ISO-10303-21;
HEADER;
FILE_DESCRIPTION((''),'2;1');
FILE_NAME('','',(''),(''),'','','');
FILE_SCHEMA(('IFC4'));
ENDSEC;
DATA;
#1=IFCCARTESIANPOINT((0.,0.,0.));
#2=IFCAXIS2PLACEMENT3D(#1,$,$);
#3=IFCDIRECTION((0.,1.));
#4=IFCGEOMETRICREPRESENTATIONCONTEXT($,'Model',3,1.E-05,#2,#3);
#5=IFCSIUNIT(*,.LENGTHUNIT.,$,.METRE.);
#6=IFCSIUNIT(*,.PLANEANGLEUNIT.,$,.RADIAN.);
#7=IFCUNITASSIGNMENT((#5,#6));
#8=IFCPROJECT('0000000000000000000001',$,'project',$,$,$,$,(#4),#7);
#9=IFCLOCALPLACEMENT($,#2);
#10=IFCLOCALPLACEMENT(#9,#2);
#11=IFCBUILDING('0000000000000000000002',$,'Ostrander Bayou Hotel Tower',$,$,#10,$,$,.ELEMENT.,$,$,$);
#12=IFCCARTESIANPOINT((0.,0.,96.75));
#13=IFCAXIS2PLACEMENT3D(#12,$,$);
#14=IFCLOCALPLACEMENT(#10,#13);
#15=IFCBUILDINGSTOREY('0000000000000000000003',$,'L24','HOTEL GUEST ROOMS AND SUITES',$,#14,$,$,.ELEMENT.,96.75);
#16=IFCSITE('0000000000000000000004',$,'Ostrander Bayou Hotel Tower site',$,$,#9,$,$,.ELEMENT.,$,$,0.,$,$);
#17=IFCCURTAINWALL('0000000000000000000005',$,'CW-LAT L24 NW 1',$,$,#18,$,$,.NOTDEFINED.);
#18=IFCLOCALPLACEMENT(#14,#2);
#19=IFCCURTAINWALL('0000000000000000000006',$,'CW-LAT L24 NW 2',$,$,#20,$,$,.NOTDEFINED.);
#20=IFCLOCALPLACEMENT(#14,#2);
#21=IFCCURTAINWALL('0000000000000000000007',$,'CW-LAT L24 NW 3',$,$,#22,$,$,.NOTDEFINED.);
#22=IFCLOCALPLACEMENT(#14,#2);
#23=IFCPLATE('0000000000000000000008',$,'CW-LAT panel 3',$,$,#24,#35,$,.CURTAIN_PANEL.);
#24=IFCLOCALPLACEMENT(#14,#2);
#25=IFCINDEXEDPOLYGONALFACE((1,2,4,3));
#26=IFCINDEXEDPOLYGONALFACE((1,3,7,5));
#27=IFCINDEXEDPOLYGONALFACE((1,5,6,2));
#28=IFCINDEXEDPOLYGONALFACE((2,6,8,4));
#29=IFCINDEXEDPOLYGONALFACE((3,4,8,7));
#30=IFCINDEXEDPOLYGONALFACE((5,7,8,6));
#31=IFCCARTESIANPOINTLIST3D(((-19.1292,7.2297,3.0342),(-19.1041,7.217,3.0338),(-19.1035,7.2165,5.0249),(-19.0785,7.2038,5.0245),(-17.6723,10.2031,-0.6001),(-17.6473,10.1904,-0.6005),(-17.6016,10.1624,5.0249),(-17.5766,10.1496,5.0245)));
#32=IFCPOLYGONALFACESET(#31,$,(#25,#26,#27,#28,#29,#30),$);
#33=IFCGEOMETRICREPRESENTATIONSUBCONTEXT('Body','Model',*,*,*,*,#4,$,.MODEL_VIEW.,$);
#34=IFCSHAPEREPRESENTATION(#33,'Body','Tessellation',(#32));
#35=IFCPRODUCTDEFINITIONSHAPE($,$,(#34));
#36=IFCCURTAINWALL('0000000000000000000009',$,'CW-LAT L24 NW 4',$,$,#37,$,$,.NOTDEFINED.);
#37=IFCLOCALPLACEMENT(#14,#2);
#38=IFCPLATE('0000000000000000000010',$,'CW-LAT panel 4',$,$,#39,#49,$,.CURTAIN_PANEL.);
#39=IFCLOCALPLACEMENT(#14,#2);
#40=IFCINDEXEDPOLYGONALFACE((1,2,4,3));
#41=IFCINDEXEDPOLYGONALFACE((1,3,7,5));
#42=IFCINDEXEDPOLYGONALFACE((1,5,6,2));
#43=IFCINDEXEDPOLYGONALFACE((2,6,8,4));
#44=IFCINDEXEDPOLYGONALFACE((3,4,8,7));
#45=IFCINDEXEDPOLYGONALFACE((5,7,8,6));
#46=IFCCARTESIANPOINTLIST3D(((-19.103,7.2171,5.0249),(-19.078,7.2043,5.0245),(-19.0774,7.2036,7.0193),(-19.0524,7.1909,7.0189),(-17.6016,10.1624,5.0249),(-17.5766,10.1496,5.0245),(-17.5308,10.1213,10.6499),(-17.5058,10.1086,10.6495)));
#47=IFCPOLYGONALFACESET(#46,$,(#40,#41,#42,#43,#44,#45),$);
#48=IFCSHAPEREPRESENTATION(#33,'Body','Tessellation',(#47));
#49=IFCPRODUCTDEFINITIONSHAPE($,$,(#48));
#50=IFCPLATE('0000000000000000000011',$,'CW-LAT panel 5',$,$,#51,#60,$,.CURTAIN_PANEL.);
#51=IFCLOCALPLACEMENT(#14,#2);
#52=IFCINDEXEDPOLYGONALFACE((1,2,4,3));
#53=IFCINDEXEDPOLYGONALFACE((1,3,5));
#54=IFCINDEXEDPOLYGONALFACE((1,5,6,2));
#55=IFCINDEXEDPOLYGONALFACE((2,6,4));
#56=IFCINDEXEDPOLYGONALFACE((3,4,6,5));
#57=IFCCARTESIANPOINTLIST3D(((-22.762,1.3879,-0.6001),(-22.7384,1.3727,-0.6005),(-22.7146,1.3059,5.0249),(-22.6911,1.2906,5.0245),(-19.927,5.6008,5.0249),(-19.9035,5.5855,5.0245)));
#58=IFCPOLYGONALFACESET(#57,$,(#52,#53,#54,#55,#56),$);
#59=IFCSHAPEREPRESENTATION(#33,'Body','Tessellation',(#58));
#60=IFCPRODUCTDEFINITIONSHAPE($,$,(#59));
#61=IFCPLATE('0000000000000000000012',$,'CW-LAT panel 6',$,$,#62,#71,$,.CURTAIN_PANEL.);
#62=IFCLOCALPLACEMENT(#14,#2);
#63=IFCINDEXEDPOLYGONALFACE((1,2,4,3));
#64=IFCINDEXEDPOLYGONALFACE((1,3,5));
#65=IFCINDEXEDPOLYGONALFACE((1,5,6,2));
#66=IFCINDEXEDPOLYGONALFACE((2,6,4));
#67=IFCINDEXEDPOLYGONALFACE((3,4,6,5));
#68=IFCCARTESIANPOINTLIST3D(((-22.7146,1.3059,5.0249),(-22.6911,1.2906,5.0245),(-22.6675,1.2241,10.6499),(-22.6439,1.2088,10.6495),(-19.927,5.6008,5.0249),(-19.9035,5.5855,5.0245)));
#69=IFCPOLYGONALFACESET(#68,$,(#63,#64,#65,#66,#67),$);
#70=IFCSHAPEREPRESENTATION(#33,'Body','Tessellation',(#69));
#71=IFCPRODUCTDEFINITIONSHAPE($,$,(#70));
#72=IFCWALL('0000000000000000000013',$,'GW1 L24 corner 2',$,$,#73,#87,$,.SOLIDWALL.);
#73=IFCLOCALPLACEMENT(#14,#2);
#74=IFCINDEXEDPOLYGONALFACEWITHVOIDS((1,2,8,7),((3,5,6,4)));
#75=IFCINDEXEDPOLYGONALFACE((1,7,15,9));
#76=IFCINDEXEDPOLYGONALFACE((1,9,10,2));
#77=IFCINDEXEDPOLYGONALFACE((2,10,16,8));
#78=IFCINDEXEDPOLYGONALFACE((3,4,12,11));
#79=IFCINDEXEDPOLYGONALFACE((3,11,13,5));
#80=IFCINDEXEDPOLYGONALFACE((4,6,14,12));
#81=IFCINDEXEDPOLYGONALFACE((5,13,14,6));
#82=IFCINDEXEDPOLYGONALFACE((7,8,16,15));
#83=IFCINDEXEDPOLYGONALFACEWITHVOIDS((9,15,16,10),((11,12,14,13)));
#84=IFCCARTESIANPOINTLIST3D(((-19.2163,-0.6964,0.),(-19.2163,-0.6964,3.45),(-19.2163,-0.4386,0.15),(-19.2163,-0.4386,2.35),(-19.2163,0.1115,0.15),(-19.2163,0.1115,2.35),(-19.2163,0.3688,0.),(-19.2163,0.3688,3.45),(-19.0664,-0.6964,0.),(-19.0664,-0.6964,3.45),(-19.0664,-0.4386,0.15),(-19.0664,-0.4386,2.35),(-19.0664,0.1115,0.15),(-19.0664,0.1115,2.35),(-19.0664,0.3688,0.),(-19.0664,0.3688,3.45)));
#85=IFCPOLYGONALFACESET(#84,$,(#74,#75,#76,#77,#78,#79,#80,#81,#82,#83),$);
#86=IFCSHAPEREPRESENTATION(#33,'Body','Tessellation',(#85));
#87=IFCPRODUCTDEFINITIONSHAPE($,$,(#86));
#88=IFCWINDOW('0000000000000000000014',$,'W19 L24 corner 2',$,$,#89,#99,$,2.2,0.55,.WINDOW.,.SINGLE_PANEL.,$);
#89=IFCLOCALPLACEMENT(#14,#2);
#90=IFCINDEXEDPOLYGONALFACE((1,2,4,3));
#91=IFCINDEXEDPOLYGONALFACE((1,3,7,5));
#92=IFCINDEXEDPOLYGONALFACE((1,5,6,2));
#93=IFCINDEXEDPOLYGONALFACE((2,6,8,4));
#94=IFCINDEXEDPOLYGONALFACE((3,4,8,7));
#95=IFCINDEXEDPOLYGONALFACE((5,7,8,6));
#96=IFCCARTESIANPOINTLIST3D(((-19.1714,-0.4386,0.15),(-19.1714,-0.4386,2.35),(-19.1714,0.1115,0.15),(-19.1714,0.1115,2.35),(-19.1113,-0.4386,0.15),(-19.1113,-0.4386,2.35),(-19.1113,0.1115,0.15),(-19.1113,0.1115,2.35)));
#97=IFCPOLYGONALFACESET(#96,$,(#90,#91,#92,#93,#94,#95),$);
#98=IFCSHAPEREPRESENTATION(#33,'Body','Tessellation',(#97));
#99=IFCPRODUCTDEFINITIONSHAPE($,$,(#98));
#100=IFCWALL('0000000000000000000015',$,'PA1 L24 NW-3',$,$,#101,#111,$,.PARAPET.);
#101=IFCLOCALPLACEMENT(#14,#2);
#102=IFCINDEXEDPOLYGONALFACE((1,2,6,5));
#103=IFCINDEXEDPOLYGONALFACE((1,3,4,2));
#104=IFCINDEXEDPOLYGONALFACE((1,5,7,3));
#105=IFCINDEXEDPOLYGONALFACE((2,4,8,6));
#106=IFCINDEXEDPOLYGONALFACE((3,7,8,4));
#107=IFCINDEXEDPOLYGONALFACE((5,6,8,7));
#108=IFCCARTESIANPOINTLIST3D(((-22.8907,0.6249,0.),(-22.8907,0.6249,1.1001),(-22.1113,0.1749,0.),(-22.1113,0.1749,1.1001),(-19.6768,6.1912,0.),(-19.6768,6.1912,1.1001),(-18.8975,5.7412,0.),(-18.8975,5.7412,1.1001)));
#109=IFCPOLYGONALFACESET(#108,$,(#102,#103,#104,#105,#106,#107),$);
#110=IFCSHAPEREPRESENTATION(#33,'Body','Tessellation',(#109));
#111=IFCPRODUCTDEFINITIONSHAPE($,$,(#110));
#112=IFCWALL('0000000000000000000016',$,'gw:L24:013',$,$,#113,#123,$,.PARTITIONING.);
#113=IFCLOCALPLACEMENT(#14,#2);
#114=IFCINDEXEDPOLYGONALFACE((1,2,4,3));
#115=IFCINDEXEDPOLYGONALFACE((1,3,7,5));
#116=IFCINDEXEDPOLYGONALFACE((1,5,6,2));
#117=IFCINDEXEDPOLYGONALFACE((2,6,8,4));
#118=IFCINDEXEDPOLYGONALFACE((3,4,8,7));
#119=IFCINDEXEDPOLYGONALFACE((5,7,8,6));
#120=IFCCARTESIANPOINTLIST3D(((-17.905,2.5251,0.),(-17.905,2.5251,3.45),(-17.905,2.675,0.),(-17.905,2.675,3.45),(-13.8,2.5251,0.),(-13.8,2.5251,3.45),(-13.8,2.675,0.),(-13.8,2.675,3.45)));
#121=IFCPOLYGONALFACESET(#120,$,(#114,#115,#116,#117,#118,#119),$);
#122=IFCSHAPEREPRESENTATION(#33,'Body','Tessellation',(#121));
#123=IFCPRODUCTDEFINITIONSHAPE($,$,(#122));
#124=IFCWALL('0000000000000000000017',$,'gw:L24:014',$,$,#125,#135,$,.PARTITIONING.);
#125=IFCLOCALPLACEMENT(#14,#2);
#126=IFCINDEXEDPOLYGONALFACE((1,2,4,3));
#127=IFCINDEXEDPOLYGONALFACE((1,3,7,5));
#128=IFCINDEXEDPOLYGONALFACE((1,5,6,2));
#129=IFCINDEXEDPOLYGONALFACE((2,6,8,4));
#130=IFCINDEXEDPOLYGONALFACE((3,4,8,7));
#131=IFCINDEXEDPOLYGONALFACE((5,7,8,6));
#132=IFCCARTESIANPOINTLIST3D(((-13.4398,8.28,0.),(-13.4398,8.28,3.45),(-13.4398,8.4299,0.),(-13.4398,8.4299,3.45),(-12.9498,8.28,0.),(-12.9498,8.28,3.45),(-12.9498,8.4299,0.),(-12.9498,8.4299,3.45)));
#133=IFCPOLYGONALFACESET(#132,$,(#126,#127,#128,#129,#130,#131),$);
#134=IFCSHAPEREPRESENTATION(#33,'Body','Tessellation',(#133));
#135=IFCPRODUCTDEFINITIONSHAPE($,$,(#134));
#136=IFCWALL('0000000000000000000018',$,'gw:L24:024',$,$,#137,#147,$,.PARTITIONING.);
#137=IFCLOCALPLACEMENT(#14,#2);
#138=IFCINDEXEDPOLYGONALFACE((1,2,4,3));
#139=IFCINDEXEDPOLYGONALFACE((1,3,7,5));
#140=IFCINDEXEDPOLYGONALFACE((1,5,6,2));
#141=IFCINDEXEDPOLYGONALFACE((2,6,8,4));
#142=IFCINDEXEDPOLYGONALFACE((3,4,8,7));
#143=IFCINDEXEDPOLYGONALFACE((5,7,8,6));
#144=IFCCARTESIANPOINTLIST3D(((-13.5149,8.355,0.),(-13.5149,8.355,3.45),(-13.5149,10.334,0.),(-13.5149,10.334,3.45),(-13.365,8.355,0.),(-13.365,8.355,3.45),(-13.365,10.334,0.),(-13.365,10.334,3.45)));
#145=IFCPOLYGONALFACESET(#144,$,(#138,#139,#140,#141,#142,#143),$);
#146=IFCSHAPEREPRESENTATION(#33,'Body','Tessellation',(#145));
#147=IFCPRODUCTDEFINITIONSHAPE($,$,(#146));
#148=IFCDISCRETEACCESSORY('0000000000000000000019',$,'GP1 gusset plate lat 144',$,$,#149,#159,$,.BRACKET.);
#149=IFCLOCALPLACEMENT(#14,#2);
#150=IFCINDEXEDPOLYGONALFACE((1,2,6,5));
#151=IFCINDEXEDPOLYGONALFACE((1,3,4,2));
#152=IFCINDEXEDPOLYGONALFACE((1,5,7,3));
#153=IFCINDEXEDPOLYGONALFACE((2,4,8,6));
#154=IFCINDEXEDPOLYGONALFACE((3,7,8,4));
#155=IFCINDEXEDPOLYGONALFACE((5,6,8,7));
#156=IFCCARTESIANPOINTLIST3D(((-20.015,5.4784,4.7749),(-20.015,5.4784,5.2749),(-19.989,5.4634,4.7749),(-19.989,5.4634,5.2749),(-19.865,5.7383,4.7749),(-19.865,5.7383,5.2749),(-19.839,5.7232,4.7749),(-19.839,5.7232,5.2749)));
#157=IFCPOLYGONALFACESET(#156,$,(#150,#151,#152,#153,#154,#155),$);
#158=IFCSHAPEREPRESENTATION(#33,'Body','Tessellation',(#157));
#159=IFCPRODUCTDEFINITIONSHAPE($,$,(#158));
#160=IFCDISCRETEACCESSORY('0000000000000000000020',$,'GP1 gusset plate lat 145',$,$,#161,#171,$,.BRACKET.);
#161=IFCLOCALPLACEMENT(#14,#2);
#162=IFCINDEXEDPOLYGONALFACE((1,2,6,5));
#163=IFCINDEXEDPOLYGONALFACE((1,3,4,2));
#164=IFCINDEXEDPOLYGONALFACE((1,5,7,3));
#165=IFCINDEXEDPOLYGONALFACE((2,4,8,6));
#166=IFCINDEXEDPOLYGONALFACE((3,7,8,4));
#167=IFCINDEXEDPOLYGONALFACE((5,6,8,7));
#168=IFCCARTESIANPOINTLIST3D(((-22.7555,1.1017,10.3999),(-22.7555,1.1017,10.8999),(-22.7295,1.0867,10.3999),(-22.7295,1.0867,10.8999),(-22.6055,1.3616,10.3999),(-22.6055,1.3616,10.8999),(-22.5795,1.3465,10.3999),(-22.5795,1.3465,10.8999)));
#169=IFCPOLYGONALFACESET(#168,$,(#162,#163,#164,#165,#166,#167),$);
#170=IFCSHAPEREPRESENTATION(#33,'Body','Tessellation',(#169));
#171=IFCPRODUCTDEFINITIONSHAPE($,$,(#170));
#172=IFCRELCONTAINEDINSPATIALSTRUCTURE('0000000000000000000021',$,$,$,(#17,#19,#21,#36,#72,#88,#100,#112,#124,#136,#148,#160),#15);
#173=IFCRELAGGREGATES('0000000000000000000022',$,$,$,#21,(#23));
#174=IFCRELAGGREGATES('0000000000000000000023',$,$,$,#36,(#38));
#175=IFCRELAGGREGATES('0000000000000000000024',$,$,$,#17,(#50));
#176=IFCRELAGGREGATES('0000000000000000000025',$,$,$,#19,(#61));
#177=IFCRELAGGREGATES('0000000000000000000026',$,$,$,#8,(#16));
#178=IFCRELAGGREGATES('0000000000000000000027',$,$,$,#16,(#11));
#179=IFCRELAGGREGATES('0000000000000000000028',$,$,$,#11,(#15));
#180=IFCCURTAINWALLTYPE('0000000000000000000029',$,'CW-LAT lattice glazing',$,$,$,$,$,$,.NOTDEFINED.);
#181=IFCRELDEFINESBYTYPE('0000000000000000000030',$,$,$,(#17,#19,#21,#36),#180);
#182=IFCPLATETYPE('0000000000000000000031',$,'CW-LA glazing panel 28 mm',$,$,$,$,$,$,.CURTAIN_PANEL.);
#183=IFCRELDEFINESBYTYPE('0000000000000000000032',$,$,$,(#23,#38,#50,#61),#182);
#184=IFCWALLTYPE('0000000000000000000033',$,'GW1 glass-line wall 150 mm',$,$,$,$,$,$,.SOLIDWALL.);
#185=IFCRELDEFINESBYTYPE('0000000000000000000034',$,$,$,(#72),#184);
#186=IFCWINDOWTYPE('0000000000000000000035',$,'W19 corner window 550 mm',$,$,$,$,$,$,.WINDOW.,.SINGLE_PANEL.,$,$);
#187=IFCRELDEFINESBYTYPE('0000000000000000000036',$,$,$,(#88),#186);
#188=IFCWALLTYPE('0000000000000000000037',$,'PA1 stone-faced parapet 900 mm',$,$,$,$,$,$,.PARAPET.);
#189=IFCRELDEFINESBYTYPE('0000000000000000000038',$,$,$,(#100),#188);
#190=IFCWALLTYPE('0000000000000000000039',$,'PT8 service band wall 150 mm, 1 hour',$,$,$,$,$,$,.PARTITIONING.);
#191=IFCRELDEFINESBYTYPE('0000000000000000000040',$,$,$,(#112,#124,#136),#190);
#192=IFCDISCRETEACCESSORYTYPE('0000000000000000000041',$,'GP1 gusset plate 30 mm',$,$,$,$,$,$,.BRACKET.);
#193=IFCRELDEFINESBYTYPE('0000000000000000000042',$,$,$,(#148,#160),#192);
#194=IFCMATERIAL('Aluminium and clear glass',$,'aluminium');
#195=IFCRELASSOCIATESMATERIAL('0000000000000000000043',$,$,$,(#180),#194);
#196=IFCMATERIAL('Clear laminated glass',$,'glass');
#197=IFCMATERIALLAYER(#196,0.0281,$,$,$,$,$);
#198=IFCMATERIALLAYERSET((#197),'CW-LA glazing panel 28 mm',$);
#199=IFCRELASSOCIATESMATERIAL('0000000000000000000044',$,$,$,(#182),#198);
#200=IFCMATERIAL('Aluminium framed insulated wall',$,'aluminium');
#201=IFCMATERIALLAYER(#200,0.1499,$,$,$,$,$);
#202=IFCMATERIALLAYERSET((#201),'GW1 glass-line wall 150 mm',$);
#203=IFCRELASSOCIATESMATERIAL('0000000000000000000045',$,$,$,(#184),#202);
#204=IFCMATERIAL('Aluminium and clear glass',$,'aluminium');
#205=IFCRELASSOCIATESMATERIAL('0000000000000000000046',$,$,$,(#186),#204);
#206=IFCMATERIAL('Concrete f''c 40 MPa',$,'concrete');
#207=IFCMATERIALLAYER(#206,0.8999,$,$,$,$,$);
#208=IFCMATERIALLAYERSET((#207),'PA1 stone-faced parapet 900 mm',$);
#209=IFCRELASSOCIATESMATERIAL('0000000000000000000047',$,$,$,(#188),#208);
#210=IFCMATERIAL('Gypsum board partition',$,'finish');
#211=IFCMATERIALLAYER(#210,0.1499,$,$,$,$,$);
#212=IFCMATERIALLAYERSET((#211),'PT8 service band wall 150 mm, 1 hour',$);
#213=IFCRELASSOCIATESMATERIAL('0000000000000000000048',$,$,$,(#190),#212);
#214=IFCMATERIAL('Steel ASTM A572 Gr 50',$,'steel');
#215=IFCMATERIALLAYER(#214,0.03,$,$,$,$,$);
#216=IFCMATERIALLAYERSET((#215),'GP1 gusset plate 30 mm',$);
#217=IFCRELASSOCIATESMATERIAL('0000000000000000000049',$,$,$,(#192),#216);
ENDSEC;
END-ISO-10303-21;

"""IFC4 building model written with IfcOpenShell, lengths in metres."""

from ifc_helpers import new_model, si_unit, direction, frame, frame_2d, origin, origin_2d, place, context, subcontext, project, spatial, polyline, rectangle, outline, extrude, material, layer, layer_set, type_object, element, fill, aggregate, save


model = new_model("IFC4")

# Units and contexts
model_context = context("Model", 3, precision=1e-05, world=origin(), true_north=direction((0.0, 1.0)))
body_context = subcontext(model_context, "Body", "Model", "MODEL_VIEW")
ifc_project = project(units=[si_unit("LENGTHUNIT", "METRE"), si_unit("PLANEANGLEUNIT", "RADIAN")], contexts=[model_context])

# Site, building, storey
site_placement = place(None, origin())
site = spatial("IfcSite", under=ifc_project, at=site_placement, Name="Ostrander Bayou Hotel Tower site", CompositionType="ELEMENT", RefElevation=0.0)
building_placement = place(site_placement, origin())
building = spatial("IfcBuilding", under=site, at=building_placement, Name="Ostrander Bayou Hotel Tower", CompositionType="ELEMENT")
storey_placement = place(building_placement, frame((0.0, 0.0, 96.75)))
storey = spatial("IfcBuildingStorey", under=building, at=storey_placement, Name="L24", Description="HOTEL GUEST ROOMS AND SUITES", CompositionType="ELEMENT", Elevation=96.75)

# Curtain walls
ifc_material_1 = material(Name="Aluminium and clear glass", Category="aluminium")
curtain_wall_type = type_object("IfcCurtainWallType", Name="CW-LAT lattice glazing", PredefinedType="NOTDEFINED", material=ifc_material_1)
curtain_wall_1_placement = place(storey_placement, origin())
curtain_wall_1 = element("IfcCurtainWall", 1, at=curtain_wall_1_placement, inside=storey, type_object=curtain_wall_type, Name="CW-LAT L24 NW 1", PredefinedType="NOTDEFINED")
curtain_wall_2_placement = place(storey_placement, origin())
curtain_wall_2 = element("IfcCurtainWall", 2, at=curtain_wall_2_placement, inside=storey, type_object=curtain_wall_type, Name="CW-LAT L24 NW 2", PredefinedType="NOTDEFINED")

# Curtain walls, plates
curtain_wall_3_placement = place(storey_placement, origin())
curtain_wall_3 = element("IfcCurtainWall", 3, at=curtain_wall_3_placement, inside=storey, type_object=curtain_wall_type, Name="CW-LAT L24 NW 3", PredefinedType="NOTDEFINED")
ifc_material_2 = material(Name="Clear laminated glass", Category="glass")
ifc_layer_1 = layer(ifc_material_2, 0.0281)
ifc_layer_set_1 = layer_set([ifc_layer_1], Name="CW-LA glazing panel 28 mm")
plate_type = type_object("IfcPlateType", Name="CW-LA glazing panel 28 mm", PredefinedType="CURTAIN_PANEL", material=ifc_layer_set_1)
plate_1_placement = place(storey_placement, frame((-19.1292, 7.2297, 3.0342), z_axis=(-0.890797, 0.454171, 0.014498), x_axis=(0.296317, 0.604783, -0.739211)))
plate_1 = element("IfcPlate", 4, at=plate_1_placement, type_object=plate_type, Name="CW-LAT panel 3", PredefinedType="CURTAIN_PANEL", context=body_context, shape_type="SweptSolid", body=[
    extrude(outline(polyline([(0.0, 0.0), (4.9164, 0.0), (0.7547, -3.7851), (-1.4719, -1.3406), (0.0, 0.0)])), origin(), (0.0, 0.0, -1.0), 0.0281),
])
aggregate(curtain_wall_3, [plate_1])
curtain_wall_4_placement = place(storey_placement, origin())
curtain_wall_4 = element("IfcCurtainWall", 5, at=curtain_wall_4_placement, inside=storey, type_object=curtain_wall_type, Name="CW-LAT L24 NW 4", PredefinedType="NOTDEFINED")
plate_2_placement = place(storey_placement, frame((-19.0774, 7.2036, 7.0193), z_axis=(-0.890817, 0.45413, 0.01452), x_axis=(0.315133, 0.594509, 0.739764)))
plate_2 = element("IfcPlate", 6, at=plate_2_placement, type_object=plate_type, Name="CW-LAT panel 4", PredefinedType="CURTAIN_PANEL", context=body_context, shape_type="SweptSolid", body=[
    extrude(outline(polyline([(0.0, 0.0), (4.9078, 0.0), (0.7487, 3.788), (-1.4755, 1.3422), (0.0, 0.0)])), origin(), (0.0, 0.0, -1.0), 0.0281),
])
aggregate(curtain_wall_4, [plate_2])

# Plates
plate_3_placement = place(storey_placement, frame((-19.927, 5.6008, 5.0249), z_axis=(-0.838715, 0.544364, 0.015001), x_axis=(-0.374104, -0.555937, -0.74228)))
plate_3 = element("IfcPlate", 7, at=plate_3_placement, type_object=plate_type, Name="CW-LAT panel 5", PredefinedType="CURTAIN_PANEL", context=body_context, shape_type="SweptSolid", body=[
    extrude(outline(polyline([(0.0, 0.0), (7.578, 0.0), (3.4306, 3.8011), (0.0, 0.0)])), origin(), (0.0, 0.0, -1.0), 0.0281),
])
aggregate(curtain_wall_1, [plate_3])
plate_4_placement = place(storey_placement, frame((-19.927, 5.6008, 5.0249), z_axis=(-0.838716, 0.544364, 0.014941), x_axis=(-0.358896, -0.573178, 0.736655)))
plate_4 = element("IfcPlate", 8, at=plate_4_placement, type_object=plate_type, Name="CW-LAT panel 6", PredefinedType="CURTAIN_PANEL", context=body_context, shape_type="SweptSolid", body=[
    extrude(outline(polyline([(0.0, 0.0), (7.6359, 0.0), (3.4622, -3.7723), (0.0, 0.0)])), origin(), (0.0, 0.0, -1.0), 0.0281),
])
aggregate(curtain_wall_2, [plate_4])

# Wall, opening, window
ifc_material_3 = material(Name="Aluminium framed insulated wall", Category="aluminium")
ifc_layer_2 = layer(ifc_material_3, 0.1499)
ifc_layer_set_2 = layer_set([ifc_layer_2], Name="GW1 glass-line wall 150 mm")
wall_type_1 = type_object("IfcWallType", Name="GW1 glass-line wall 150 mm", PredefinedType="SOLIDWALL", material=ifc_layer_set_2)
wall_1_placement = place(storey_placement, frame((-19.1414, 0.3689, 0.0), z_axis=(0.0, 0.0, 1.0), x_axis=(0.0, -1.0, 0.0)))
wall_1 = element("IfcWall", 9, at=wall_1_placement, inside=storey, type_object=wall_type_1, Name="GW1 L24 corner 2", PredefinedType="SOLIDWALL", context=body_context, shape_type="SweptSolid", body=[
    extrude(rectangle(XDim=1.0652, YDim=0.1499, at=frame_2d((0.5327, 0.0))), origin(), (0.0, 0.0, 1.0), 3.45),
])
opening_placement = place(wall_1_placement, frame((0.2576, 0.0, 0.1499)))
opening = element("IfcOpeningElement", 10, at=opening_placement, cuts=wall_1, PredefinedType="OPENING", context=body_context, shape_type="SweptSolid", body=[
    extrude(rectangle(XDim=0.55, YDim=2.2, at=frame_2d((0.2749, 1.1001))), frame((0.0, 0.075, 0.0), z_axis=(0.0, -1.0, 0.0), x_axis=(1.0, 0.0, 0.0)), (0.0, 0.0, 1.0), 0.1499),
])
ifc_material_4 = material(Name="Aluminium and clear glass", Category="aluminium")
window_type = type_object("IfcWindowType", Name="W19 corner window 550 mm", PartitioningType="SINGLE_PANEL", PredefinedType="WINDOW", material=ifc_material_4)
window_placement = place(opening_placement, origin())
window = element("IfcWindow", 11, at=window_placement, inside=storey, type_object=window_type, Name="W19 L24 corner 2", OverallHeight=2.2, OverallWidth=0.55, PartitioningType="SINGLE_PANEL", PredefinedType="WINDOW", context=body_context, shape_type="SweptSolid", body=[
    extrude(rectangle(XDim=0.55, YDim=2.2, at=frame_2d((0.2749, 1.1001))), frame((0.0, 0.03, 0.0), z_axis=(0.0, -1.0, 0.0), x_axis=(1.0, 0.0, 0.0)), (0.0, 0.0, 1.0), 0.0601),
])
fill(opening, window)

# Walls
ifc_material_5 = material(Name="Concrete f'c 40 MPa", Category="concrete")
ifc_layer_3 = layer(ifc_material_5, 0.8999)
ifc_layer_set_3 = layer_set([ifc_layer_3], Name="PA1 stone-faced parapet 900 mm")
wall_type_2 = type_object("IfcWallType", Name="PA1 stone-faced parapet 900 mm", PredefinedType="PARAPET", material=ifc_layer_set_3)
wall_2_placement = place(storey_placement, frame((-19.2871, 5.9663, 0.0), z_axis=(0.0, 0.0, 1.0), x_axis=(-0.500012, -0.866019, 0.0)))
element("IfcWall", 12, at=wall_2_placement, inside=storey, type_object=wall_type_2, Name="PA1 L24 NW-3", PredefinedType="PARAPET", context=body_context, shape_type="SweptSolid", body=[
    extrude(rectangle(XDim=6.4275, YDim=0.8999, at=frame_2d((3.2139, 0.0))), origin(), (0.0, 0.0, 1.0), 1.1001),
])
ifc_material_6 = material(Name="Gypsum board partition", Category="finish")
ifc_layer_4 = layer(ifc_material_6, 0.1499)
ifc_layer_set_4 = layer_set([ifc_layer_4], Name="PT8 service band wall 150 mm, 1 hour")
wall_type_3 = type_object("IfcWallType", Name="PT8 service band wall 150 mm, 1 hour", PredefinedType="PARTITIONING", material=ifc_layer_set_4)
wall_3_placement = place(storey_placement, frame((-17.905, 2.6001, 0.0), z_axis=(0.0, 0.0, 1.0), x_axis=(1.0, 0.0, 0.0)))
element("IfcWall", 13, at=wall_3_placement, inside=storey, type_object=wall_type_3, Name="gw:L24:013", PredefinedType="PARTITIONING", context=body_context, shape_type="SweptSolid", body=[
    extrude(rectangle(XDim=4.105, YDim=0.1499, at=frame_2d((2.0525, 0.0))), origin(), (0.0, 0.0, 1.0), 3.45),
])
wall_4_placement = place(storey_placement, frame((-13.4399, 8.355, 0.0), z_axis=(0.0, 0.0, 1.0), x_axis=(1.0, 0.0, 0.0)))
element("IfcWall", 14, at=wall_4_placement, inside=storey, type_object=wall_type_3, Name="gw:L24:014", PredefinedType="PARTITIONING", context=body_context, shape_type="SweptSolid", body=[
    extrude(rectangle(XDim=0.49, YDim=0.1499, at=frame_2d((0.2451, 0.0))), origin(), (0.0, 0.0, 1.0), 3.45),
])
wall_5_placement = place(storey_placement, frame((-13.4399, 8.355, 0.0), z_axis=(0.0, 0.0, 1.0), x_axis=(0.0, 1.0, 0.0)))
element("IfcWall", 15, at=wall_5_placement, inside=storey, type_object=wall_type_3, Name="gw:L24:024", PredefinedType="PARTITIONING", context=body_context, shape_type="SweptSolid", body=[
    extrude(rectangle(XDim=1.979, YDim=0.1499, at=frame_2d((0.9895, 0.0))), origin(), (0.0, 0.0, 1.0), 3.45),
])

# Discrete accessories
ifc_material_7 = material(Name="Steel ASTM A572 Gr 50", Category="steel")
ifc_layer_5 = layer(ifc_material_7, 0.03)
ifc_layer_set_5 = layer_set([ifc_layer_5], Name="GP1 gusset plate 30 mm")
discrete_accessory_type = type_object("IfcDiscreteAccessoryType", Name="GP1 gusset plate 30 mm", PredefinedType="BRACKET", material=ifc_layer_set_5)
for number, where, z_axis, x_axis, name in (
    (16, (-19.927, 5.6008, 4.7749), (0.0, 0.0, 1.0), (-0.5, -0.866025, 0.0), "GP1 gusset plate lat 144"),
    (17, (-22.6675, 1.2241, 10.3999), (0.0, 0.0, 1.0), (-0.5, -0.866025, 0.0), "GP1 gusset plate lat 145"),
):
    element("IfcDiscreteAccessory", number, at=place(storey_placement, frame(where, z_axis=z_axis, x_axis=x_axis)), inside=storey, type_object=discrete_accessory_type, Name=name, PredefinedType="BRACKET", context=body_context, shape_type="SweptSolid", body=[
        extrude(rectangle(XDim=0.3, YDim=0.03, at=origin_2d()), origin(), (0.0, 0.0, 1.0), 0.5),
    ])

save(model, "model.ifc")
